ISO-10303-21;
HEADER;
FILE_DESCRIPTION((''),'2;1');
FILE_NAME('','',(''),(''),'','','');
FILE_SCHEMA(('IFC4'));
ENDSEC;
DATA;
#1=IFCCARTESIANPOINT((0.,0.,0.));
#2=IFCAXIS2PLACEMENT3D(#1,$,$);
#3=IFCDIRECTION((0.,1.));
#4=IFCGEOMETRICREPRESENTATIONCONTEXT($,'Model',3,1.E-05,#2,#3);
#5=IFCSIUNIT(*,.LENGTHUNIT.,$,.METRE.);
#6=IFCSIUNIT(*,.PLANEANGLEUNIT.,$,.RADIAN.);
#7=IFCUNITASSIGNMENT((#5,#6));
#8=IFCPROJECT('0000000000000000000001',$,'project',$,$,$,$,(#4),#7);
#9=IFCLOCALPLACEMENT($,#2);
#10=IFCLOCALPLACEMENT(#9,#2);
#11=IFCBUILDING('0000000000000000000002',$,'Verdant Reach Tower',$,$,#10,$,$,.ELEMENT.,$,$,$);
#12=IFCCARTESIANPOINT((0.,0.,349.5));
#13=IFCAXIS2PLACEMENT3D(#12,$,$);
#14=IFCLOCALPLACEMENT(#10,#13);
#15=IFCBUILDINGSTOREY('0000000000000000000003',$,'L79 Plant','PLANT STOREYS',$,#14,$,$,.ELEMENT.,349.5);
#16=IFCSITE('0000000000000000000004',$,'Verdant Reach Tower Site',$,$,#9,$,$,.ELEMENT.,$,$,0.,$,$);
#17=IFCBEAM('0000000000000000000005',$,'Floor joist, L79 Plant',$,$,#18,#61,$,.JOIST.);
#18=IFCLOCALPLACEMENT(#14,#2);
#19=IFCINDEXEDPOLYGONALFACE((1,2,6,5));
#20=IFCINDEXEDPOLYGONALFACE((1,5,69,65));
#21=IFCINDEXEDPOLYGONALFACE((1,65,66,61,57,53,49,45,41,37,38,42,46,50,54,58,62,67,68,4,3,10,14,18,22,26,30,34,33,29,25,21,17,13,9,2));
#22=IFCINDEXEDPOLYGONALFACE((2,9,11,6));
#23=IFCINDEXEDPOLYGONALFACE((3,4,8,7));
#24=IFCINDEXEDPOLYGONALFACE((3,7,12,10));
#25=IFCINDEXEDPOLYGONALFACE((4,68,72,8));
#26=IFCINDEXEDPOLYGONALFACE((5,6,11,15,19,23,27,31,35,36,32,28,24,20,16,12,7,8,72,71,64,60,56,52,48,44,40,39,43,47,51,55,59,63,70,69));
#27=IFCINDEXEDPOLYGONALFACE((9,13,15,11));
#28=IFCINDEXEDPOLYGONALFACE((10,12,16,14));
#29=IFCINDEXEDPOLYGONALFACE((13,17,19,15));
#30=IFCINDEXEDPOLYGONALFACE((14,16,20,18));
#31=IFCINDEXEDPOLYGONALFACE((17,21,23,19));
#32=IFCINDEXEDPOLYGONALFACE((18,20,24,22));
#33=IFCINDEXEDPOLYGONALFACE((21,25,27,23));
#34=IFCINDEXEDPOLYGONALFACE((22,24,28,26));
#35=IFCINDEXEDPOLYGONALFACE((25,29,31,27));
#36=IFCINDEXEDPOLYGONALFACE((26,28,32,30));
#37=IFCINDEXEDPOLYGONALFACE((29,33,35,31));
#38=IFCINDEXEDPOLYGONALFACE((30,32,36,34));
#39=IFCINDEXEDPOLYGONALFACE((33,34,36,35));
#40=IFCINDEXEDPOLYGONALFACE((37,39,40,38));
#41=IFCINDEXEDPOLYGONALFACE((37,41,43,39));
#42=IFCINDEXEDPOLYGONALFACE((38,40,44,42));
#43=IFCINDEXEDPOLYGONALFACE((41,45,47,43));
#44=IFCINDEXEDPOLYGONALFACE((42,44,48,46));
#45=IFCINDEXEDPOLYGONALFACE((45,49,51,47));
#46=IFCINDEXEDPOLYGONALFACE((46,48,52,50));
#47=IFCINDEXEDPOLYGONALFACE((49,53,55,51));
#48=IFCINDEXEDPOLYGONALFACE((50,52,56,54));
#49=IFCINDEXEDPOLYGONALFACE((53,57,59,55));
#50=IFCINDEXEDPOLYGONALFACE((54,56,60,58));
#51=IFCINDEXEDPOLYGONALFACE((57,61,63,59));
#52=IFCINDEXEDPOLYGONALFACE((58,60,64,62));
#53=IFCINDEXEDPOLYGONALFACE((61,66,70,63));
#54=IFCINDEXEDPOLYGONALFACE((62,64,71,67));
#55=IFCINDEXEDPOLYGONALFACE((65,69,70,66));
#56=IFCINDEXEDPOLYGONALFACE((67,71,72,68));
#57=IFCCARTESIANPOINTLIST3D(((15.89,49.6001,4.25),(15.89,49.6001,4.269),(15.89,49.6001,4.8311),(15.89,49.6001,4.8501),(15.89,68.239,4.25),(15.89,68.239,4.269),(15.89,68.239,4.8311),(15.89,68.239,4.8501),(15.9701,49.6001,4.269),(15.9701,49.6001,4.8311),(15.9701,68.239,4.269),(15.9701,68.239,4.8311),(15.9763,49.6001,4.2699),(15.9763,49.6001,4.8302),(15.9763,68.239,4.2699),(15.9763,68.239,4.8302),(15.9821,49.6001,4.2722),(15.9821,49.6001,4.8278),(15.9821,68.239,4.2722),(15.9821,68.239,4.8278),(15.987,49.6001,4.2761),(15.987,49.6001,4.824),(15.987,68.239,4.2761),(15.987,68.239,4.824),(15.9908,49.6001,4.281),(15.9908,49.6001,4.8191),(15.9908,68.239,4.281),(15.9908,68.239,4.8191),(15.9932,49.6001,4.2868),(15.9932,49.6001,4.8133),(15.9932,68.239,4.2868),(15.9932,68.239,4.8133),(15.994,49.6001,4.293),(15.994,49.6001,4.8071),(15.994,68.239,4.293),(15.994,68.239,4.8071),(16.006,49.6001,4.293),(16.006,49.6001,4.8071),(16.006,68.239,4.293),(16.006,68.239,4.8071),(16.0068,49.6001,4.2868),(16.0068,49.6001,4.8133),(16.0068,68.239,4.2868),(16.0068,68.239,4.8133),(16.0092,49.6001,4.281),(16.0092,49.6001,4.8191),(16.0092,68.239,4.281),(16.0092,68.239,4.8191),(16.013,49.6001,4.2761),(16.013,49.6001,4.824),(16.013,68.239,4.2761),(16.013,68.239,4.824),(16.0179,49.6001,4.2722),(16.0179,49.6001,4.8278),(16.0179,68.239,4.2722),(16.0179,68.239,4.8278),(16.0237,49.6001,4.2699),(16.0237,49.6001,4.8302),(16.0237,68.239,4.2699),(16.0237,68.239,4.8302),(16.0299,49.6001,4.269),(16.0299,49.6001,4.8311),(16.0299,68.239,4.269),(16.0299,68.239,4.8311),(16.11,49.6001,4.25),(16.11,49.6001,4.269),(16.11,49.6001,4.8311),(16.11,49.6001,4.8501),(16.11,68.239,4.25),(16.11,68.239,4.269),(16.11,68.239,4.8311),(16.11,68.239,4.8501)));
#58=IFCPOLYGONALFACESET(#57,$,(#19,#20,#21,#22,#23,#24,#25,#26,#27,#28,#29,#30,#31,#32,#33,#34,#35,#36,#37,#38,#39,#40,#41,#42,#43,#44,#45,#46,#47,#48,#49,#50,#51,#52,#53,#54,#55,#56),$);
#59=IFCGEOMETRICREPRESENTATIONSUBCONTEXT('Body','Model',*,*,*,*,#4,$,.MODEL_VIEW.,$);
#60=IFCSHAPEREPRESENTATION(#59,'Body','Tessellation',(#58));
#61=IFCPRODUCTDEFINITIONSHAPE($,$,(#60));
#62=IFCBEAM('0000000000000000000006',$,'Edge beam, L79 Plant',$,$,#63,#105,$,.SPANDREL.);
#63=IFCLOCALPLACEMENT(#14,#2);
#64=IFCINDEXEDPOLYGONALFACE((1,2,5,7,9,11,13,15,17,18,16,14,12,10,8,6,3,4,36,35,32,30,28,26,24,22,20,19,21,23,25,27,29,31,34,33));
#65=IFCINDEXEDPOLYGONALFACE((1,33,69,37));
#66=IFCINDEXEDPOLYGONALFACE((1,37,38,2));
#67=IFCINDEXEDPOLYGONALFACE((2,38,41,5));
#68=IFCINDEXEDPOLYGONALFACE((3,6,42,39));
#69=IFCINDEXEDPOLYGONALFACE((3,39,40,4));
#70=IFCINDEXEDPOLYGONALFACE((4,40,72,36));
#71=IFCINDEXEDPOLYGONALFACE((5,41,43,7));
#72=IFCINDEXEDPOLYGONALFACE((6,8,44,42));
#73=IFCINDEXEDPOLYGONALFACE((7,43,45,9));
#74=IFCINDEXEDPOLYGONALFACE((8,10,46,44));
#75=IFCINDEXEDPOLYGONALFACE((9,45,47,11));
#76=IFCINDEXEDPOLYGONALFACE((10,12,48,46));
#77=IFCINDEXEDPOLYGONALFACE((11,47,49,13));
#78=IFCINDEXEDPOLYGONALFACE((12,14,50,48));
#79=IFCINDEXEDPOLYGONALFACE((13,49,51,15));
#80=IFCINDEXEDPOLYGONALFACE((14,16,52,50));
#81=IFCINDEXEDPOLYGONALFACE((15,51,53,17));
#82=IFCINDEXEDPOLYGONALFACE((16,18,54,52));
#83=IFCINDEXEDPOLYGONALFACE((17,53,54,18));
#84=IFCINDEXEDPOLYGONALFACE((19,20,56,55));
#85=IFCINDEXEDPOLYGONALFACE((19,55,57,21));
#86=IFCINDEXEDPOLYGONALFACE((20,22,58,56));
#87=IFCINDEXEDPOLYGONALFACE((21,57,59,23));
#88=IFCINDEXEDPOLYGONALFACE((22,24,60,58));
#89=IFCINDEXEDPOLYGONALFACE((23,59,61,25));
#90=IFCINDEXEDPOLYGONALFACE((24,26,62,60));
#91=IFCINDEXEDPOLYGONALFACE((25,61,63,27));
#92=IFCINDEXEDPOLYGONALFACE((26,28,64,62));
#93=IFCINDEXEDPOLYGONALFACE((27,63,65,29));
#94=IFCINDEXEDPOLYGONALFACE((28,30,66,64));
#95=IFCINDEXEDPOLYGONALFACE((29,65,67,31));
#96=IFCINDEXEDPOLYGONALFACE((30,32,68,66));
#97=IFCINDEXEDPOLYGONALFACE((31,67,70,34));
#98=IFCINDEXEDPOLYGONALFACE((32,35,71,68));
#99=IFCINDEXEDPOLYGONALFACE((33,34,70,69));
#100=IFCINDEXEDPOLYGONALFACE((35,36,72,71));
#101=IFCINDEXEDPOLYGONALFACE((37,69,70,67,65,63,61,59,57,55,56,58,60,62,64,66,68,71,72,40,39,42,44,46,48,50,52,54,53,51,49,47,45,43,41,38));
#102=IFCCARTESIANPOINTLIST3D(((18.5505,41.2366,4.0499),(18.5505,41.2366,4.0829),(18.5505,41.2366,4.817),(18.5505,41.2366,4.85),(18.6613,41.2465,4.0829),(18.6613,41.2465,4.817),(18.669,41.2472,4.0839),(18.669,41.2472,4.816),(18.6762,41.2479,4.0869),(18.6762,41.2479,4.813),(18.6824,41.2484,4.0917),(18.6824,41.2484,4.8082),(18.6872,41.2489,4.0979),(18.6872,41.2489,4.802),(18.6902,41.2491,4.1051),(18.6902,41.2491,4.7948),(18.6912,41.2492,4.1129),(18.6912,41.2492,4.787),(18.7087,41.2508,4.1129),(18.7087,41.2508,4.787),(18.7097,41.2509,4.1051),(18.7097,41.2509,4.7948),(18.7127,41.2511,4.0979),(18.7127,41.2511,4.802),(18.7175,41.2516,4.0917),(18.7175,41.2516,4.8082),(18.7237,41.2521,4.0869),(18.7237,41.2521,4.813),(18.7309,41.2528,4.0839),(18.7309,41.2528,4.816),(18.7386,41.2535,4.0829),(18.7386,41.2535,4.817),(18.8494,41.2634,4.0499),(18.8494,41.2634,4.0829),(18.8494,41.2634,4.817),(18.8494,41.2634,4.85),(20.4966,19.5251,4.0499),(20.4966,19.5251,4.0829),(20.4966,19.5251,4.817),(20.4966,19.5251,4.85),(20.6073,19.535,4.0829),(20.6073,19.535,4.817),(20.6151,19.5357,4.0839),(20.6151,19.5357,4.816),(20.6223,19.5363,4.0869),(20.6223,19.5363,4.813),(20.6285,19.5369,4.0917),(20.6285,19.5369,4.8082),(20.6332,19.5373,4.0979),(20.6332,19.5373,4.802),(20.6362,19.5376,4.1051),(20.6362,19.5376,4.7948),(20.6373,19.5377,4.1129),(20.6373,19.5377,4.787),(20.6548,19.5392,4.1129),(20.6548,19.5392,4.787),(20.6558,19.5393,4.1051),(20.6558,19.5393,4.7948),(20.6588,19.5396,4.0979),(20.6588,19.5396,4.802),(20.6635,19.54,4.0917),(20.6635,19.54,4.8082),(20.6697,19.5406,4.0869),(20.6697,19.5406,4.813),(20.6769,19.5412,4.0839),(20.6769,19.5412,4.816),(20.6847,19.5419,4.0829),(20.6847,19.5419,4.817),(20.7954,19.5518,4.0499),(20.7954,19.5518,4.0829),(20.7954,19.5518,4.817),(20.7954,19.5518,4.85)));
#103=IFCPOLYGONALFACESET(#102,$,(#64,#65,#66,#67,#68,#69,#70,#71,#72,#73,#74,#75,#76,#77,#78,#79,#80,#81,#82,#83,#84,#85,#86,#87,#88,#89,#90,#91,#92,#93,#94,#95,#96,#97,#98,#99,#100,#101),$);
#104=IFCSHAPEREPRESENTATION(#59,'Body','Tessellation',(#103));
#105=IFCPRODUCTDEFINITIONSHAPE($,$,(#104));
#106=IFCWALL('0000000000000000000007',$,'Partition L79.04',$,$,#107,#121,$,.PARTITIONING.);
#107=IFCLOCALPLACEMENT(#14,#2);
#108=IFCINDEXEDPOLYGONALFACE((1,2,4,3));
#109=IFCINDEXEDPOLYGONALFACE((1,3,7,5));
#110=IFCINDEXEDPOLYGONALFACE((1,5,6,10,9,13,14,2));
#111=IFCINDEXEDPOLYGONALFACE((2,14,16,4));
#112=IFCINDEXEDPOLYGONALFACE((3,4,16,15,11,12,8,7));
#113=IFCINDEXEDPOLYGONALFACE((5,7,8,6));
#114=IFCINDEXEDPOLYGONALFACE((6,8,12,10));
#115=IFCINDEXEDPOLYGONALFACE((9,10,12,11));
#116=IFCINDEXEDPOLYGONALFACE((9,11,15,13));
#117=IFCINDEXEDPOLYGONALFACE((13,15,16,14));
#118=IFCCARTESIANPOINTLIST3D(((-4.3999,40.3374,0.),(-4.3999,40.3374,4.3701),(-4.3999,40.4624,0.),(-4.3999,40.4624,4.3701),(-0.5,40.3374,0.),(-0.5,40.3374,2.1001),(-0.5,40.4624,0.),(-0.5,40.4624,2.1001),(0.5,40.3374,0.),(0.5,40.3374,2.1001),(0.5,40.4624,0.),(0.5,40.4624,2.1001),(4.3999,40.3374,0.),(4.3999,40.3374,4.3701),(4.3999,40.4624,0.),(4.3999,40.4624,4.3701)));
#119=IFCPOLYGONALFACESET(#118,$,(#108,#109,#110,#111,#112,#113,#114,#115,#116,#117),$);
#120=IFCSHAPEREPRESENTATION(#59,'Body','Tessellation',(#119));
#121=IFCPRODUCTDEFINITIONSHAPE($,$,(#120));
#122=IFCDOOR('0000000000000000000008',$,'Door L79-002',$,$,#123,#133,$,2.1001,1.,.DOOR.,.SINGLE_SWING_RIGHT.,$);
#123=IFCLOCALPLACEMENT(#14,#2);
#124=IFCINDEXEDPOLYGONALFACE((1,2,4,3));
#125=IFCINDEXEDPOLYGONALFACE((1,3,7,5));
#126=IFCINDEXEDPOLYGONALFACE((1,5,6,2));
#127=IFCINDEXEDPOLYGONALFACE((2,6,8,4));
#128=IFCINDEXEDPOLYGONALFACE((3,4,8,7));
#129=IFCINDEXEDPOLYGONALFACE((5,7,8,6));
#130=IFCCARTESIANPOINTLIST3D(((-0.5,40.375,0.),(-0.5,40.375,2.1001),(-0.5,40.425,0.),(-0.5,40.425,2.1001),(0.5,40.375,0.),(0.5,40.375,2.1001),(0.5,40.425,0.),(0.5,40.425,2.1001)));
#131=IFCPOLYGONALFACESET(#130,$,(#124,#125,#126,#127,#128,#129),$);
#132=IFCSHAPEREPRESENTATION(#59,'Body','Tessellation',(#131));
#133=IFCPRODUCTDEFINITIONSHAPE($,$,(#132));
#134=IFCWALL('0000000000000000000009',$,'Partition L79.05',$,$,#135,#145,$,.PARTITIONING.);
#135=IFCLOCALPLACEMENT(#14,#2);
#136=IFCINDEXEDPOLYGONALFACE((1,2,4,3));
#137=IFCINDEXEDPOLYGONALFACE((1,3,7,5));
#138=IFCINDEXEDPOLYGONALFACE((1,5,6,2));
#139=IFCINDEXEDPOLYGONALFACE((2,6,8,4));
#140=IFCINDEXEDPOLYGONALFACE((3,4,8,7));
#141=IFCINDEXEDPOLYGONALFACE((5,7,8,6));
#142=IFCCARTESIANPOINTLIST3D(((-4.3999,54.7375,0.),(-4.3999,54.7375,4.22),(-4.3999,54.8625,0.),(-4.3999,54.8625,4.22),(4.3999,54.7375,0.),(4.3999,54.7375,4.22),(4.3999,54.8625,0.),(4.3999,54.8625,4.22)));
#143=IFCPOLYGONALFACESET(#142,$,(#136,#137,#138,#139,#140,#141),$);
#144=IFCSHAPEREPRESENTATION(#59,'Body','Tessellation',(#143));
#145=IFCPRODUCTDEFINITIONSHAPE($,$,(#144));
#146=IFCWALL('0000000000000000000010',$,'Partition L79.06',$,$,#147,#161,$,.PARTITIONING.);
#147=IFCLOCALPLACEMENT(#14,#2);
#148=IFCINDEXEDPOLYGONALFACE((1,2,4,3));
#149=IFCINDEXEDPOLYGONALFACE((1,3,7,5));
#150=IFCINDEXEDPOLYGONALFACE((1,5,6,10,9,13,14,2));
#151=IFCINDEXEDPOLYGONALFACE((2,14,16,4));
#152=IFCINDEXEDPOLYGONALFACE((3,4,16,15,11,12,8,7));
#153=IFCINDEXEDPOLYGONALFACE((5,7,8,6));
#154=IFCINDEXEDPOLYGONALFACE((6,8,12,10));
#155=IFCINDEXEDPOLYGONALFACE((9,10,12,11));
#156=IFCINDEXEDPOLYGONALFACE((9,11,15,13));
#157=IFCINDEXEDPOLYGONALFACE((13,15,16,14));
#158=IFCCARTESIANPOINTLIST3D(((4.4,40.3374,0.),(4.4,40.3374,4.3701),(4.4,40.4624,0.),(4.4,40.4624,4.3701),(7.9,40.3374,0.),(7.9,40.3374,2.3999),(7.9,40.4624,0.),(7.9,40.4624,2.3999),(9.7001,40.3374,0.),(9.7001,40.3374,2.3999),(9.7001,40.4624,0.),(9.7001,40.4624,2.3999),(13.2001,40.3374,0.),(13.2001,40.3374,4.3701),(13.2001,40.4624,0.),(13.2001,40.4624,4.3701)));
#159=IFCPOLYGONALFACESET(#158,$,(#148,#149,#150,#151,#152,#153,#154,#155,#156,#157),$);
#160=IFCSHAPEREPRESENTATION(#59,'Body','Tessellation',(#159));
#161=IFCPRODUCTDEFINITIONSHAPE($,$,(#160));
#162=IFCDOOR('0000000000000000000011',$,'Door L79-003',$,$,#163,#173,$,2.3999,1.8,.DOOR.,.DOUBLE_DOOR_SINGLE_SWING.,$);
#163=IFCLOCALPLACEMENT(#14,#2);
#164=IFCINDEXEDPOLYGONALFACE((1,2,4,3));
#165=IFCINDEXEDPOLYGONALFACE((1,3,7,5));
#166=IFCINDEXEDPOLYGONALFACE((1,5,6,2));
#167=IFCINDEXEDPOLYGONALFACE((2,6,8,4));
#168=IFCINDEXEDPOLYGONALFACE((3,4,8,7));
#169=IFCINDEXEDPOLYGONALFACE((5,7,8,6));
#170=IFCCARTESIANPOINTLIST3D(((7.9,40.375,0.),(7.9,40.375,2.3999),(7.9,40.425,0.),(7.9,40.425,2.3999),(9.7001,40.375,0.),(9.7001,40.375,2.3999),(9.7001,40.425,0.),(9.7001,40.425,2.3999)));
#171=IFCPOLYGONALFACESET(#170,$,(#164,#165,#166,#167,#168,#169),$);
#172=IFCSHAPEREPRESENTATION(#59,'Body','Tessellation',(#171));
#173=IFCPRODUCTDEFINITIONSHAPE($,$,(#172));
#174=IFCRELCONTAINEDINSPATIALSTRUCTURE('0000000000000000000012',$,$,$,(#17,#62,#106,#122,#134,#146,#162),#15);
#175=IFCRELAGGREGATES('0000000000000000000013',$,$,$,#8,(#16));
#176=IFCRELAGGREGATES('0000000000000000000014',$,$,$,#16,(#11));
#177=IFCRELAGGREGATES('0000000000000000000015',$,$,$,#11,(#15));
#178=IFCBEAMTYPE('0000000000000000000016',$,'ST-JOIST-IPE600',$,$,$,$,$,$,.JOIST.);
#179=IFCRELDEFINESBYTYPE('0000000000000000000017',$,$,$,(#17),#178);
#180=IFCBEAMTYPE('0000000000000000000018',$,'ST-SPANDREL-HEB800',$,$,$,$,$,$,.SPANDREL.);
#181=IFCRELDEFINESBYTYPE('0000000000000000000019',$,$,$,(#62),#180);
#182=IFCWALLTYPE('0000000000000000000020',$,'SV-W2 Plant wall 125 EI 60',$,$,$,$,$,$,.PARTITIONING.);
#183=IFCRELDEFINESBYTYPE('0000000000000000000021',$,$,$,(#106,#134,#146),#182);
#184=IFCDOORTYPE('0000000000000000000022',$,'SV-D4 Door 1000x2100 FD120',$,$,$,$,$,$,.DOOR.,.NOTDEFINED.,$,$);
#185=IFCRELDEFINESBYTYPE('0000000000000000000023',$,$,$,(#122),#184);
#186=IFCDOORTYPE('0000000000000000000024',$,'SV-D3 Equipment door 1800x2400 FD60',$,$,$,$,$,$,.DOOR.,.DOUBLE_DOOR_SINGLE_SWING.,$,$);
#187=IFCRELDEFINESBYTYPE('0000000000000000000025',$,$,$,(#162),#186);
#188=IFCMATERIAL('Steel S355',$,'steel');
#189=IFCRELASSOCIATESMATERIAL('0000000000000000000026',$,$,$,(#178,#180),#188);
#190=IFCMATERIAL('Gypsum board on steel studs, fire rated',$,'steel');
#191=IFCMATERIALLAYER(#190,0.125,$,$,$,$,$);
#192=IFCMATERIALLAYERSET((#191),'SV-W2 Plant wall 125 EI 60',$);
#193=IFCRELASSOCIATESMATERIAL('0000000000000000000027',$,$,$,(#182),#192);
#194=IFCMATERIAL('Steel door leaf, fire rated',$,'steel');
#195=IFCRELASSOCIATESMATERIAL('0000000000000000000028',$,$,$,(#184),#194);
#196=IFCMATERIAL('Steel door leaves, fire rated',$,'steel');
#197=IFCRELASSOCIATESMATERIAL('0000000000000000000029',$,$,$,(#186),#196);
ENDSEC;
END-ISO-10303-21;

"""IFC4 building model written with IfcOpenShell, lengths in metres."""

from ifc_helpers import new_model, si_unit, direction, frame, frame_2d, origin, origin_2d, place, context, subcontext, project, spatial, rectangle, i_section, extrude, material, layer, layer_set, material_profile, profile_set, type_object, element, fill, save


model = new_model("IFC4")

# Units and contexts
model_context = context("Model", 3, precision=1e-05, world=origin(), true_north=direction((0.0, 1.0)))
body_context = subcontext(model_context, "Body", "Model", "MODEL_VIEW")
ifc_project = project(units=[si_unit("LENGTHUNIT", "METRE"), si_unit("PLANEANGLEUNIT", "RADIAN")], contexts=[model_context])

# Site, building, storey
site_placement = place(None, origin())
site = spatial("IfcSite", under=ifc_project, at=site_placement, Name="Verdant Reach Tower Site", CompositionType="ELEMENT", RefElevation=0.0)
building_placement = place(site_placement, origin())
building = spatial("IfcBuilding", under=site, at=building_placement, Name="Verdant Reach Tower", CompositionType="ELEMENT")
storey_placement = place(building_placement, frame((0.0, 0.0, 349.5)))
storey = spatial("IfcBuildingStorey", under=building, at=storey_placement, Name="L79 Plant", Description="PLANT STOREYS", CompositionType="ELEMENT", Elevation=349.5)

# Beams
ifc_material_1 = material(Name="Steel S355", Category="steel")
ifc_material_profile_1 = material_profile(ifc_material_1, i_section(OverallWidth=0.22, OverallDepth=0.6001, WebThickness=0.012, FlangeThickness=0.019, FilletRadius=0.0239, at=origin_2d()), Name="IPE 600")
ifc_profile_set_1 = profile_set([ifc_material_profile_1], Name="Steel S355")
beam_type_1 = type_object("IfcBeamType", Name="ST-JOIST-IPE600", PredefinedType="JOIST", material=ifc_profile_set_1)
beam_1_placement = place(storey_placement, frame((16.0, 49.6001, 4.55), z_axis=(0.0, 1.0, 0.0), x_axis=(-1.0, 0.0, 0.0)))
element("IfcBeam", 1, at=beam_1_placement, inside=storey, type_object=beam_type_1, Name="Floor joist, L79 Plant", PredefinedType="JOIST", context=body_context, shape_type="SweptSolid", body=[
    extrude(i_section(OverallWidth=0.22, OverallDepth=0.6001, WebThickness=0.012, FlangeThickness=0.019, FilletRadius=0.0239, at=origin_2d()), origin(), (0.0, 0.0, 1.0), 18.6389),
])
ifc_material_profile_2 = material_profile(ifc_material_1, i_section(OverallWidth=0.3, OverallDepth=0.8, WebThickness=0.0176, FlangeThickness=0.033, FilletRadius=0.03, at=origin_2d()), Name="HEB 800")
ifc_profile_set_2 = profile_set([ifc_material_profile_2], Name="Steel S355")
beam_type_2 = type_object("IfcBeamType", Name="ST-SPANDREL-HEB800", PredefinedType="SPANDREL", material=ifc_profile_set_2)
beam_2_placement = place(storey_placement, frame((18.7, 41.25, 4.45), z_axis=(0.089274, -0.996007, 0.0), x_axis=(0.996007, 0.089274, 0.0)))
element("IfcBeam", 2, at=beam_2_placement, inside=storey, type_object=beam_type_2, Name="Edge beam, L79 Plant", PredefinedType="SPANDREL", context=body_context, shape_type="SweptSolid", body=[
    extrude(i_section(OverallWidth=0.3, OverallDepth=0.8, WebThickness=0.0176, FlangeThickness=0.033, FilletRadius=0.03, at=origin_2d()), origin(), (0.0, 0.0, 1.0), 21.7986),
])

# Wall, opening, door
ifc_material_2 = material(Name="Gypsum board on steel studs, fire rated", Category="steel")
ifc_layer = layer(ifc_material_2, 0.125)
ifc_layer_set = layer_set([ifc_layer], Name="SV-W2 Plant wall 125 EI 60")
wall_type = type_object("IfcWallType", Name="SV-W2 Plant wall 125 EI 60", PredefinedType="PARTITIONING", material=ifc_layer_set)
wall_1_placement = place(storey_placement, frame((4.3999, 40.3999, 0.0), z_axis=(0.0, 0.0, 1.0), x_axis=(-1.0, 0.0, 0.0)))
wall_1 = element("IfcWall", 3, at=wall_1_placement, inside=storey, type_object=wall_type, Name="Partition L79.04", PredefinedType="PARTITIONING", context=body_context, shape_type="SweptSolid", body=[
    extrude(rectangle(XDim=8.7998, YDim=0.125, at=frame_2d((4.3999, 0.0))), origin(), (0.0, 0.0, 1.0), 4.3701),
])
opening_1_placement = place(wall_1_placement, frame((3.8999, 0.0, 0.0)))
opening_1 = element("IfcOpeningElement", 4, at=opening_1_placement, cuts=wall_1, PredefinedType="OPENING", context=body_context, shape_type="SweptSolid", body=[
    extrude(rectangle(XDim=1.0, YDim=2.1001, at=frame_2d((0.5, 1.05))), frame((0.0, 0.0725, 0.0), z_axis=(0.0, -1.0, 0.0), x_axis=(1.0, 0.0, 0.0)), (0.0, 0.0, 1.0), 0.145),
])
ifc_material_3 = material(Name="Steel door leaf, fire rated", Category="steel")
door_type_1 = type_object("IfcDoorType", Name="SV-D4 Door 1000x2100 FD120", OperationType="NOTDEFINED", PredefinedType="DOOR", material=ifc_material_3)
door_1_placement = place(opening_1_placement, origin())
door_1 = element("IfcDoor", 5, at=door_1_placement, inside=storey, type_object=door_type_1, Name="Door L79-002", OperationType="SINGLE_SWING_RIGHT", OverallHeight=2.1001, OverallWidth=1.0, PredefinedType="DOOR", context=body_context, shape_type="SweptSolid", body=[
    extrude(rectangle(XDim=1.0, YDim=2.1001, at=frame_2d((0.5, 1.05))), frame((0.0, 0.0249, 0.0), z_axis=(0.0, -1.0, 0.0), x_axis=(1.0, 0.0, 0.0)), (0.0, 0.0, 1.0), 0.05),
])
fill(opening_1, door_1)

# Wall
wall_2_placement = place(storey_placement, frame((4.3999, 54.8, 0.0), z_axis=(0.0, 0.0, 1.0), x_axis=(-1.0, 0.0, 0.0)))
element("IfcWall", 6, at=wall_2_placement, inside=storey, type_object=wall_type, Name="Partition L79.05", PredefinedType="PARTITIONING", context=body_context, shape_type="SweptSolid", body=[
    extrude(rectangle(XDim=8.7998, YDim=0.125, at=frame_2d((4.3999, 0.0))), origin(), (0.0, 0.0, 1.0), 4.22),
])

# Wall, opening, door
wall_3_placement = place(storey_placement, frame((13.2, 40.3999, 0.0), z_axis=(0.0, 0.0, 1.0), x_axis=(-1.0, 0.0, 0.0)))
wall_3 = element("IfcWall", 7, at=wall_3_placement, inside=storey, type_object=wall_type, Name="Partition L79.06", PredefinedType="PARTITIONING", context=body_context, shape_type="SweptSolid", body=[
    extrude(rectangle(XDim=8.8, YDim=0.125, at=frame_2d((4.3999, 0.0))), origin(), (0.0, 0.0, 1.0), 4.3701),
])
opening_2_placement = place(wall_3_placement, frame((3.5, 0.0, 0.0)))
opening_2 = element("IfcOpeningElement", 8, at=opening_2_placement, cuts=wall_3, PredefinedType="OPENING", context=body_context, shape_type="SweptSolid", body=[
    extrude(rectangle(XDim=1.8, YDim=2.3999, at=frame_2d((0.8999, 1.2))), frame((0.0, 0.0725, 0.0), z_axis=(0.0, -1.0, 0.0), x_axis=(1.0, 0.0, 0.0)), (0.0, 0.0, 1.0), 0.145),
])
ifc_material_4 = material(Name="Steel door leaves, fire rated", Category="steel")
door_type_2 = type_object("IfcDoorType", Name="SV-D3 Equipment door 1800x2400 FD60", OperationType="DOUBLE_DOOR_SINGLE_SWING", PredefinedType="DOOR", material=ifc_material_4)
door_2_placement = place(opening_2_placement, origin())
door_2 = element("IfcDoor", 9, at=door_2_placement, inside=storey, type_object=door_type_2, Name="Door L79-003", OperationType="DOUBLE_DOOR_SINGLE_SWING", OverallHeight=2.3999, OverallWidth=1.8, PredefinedType="DOOR", context=body_context, shape_type="SweptSolid", body=[
    extrude(rectangle(XDim=1.8, YDim=2.3999, at=frame_2d((0.8999, 1.2))), frame((0.0, 0.0249, 0.0), z_axis=(0.0, -1.0, 0.0), x_axis=(1.0, 0.0, 0.0)), (0.0, 0.0, 1.0), 0.05),
])
fill(opening_2, door_2)

save(model, "model.ifc")
